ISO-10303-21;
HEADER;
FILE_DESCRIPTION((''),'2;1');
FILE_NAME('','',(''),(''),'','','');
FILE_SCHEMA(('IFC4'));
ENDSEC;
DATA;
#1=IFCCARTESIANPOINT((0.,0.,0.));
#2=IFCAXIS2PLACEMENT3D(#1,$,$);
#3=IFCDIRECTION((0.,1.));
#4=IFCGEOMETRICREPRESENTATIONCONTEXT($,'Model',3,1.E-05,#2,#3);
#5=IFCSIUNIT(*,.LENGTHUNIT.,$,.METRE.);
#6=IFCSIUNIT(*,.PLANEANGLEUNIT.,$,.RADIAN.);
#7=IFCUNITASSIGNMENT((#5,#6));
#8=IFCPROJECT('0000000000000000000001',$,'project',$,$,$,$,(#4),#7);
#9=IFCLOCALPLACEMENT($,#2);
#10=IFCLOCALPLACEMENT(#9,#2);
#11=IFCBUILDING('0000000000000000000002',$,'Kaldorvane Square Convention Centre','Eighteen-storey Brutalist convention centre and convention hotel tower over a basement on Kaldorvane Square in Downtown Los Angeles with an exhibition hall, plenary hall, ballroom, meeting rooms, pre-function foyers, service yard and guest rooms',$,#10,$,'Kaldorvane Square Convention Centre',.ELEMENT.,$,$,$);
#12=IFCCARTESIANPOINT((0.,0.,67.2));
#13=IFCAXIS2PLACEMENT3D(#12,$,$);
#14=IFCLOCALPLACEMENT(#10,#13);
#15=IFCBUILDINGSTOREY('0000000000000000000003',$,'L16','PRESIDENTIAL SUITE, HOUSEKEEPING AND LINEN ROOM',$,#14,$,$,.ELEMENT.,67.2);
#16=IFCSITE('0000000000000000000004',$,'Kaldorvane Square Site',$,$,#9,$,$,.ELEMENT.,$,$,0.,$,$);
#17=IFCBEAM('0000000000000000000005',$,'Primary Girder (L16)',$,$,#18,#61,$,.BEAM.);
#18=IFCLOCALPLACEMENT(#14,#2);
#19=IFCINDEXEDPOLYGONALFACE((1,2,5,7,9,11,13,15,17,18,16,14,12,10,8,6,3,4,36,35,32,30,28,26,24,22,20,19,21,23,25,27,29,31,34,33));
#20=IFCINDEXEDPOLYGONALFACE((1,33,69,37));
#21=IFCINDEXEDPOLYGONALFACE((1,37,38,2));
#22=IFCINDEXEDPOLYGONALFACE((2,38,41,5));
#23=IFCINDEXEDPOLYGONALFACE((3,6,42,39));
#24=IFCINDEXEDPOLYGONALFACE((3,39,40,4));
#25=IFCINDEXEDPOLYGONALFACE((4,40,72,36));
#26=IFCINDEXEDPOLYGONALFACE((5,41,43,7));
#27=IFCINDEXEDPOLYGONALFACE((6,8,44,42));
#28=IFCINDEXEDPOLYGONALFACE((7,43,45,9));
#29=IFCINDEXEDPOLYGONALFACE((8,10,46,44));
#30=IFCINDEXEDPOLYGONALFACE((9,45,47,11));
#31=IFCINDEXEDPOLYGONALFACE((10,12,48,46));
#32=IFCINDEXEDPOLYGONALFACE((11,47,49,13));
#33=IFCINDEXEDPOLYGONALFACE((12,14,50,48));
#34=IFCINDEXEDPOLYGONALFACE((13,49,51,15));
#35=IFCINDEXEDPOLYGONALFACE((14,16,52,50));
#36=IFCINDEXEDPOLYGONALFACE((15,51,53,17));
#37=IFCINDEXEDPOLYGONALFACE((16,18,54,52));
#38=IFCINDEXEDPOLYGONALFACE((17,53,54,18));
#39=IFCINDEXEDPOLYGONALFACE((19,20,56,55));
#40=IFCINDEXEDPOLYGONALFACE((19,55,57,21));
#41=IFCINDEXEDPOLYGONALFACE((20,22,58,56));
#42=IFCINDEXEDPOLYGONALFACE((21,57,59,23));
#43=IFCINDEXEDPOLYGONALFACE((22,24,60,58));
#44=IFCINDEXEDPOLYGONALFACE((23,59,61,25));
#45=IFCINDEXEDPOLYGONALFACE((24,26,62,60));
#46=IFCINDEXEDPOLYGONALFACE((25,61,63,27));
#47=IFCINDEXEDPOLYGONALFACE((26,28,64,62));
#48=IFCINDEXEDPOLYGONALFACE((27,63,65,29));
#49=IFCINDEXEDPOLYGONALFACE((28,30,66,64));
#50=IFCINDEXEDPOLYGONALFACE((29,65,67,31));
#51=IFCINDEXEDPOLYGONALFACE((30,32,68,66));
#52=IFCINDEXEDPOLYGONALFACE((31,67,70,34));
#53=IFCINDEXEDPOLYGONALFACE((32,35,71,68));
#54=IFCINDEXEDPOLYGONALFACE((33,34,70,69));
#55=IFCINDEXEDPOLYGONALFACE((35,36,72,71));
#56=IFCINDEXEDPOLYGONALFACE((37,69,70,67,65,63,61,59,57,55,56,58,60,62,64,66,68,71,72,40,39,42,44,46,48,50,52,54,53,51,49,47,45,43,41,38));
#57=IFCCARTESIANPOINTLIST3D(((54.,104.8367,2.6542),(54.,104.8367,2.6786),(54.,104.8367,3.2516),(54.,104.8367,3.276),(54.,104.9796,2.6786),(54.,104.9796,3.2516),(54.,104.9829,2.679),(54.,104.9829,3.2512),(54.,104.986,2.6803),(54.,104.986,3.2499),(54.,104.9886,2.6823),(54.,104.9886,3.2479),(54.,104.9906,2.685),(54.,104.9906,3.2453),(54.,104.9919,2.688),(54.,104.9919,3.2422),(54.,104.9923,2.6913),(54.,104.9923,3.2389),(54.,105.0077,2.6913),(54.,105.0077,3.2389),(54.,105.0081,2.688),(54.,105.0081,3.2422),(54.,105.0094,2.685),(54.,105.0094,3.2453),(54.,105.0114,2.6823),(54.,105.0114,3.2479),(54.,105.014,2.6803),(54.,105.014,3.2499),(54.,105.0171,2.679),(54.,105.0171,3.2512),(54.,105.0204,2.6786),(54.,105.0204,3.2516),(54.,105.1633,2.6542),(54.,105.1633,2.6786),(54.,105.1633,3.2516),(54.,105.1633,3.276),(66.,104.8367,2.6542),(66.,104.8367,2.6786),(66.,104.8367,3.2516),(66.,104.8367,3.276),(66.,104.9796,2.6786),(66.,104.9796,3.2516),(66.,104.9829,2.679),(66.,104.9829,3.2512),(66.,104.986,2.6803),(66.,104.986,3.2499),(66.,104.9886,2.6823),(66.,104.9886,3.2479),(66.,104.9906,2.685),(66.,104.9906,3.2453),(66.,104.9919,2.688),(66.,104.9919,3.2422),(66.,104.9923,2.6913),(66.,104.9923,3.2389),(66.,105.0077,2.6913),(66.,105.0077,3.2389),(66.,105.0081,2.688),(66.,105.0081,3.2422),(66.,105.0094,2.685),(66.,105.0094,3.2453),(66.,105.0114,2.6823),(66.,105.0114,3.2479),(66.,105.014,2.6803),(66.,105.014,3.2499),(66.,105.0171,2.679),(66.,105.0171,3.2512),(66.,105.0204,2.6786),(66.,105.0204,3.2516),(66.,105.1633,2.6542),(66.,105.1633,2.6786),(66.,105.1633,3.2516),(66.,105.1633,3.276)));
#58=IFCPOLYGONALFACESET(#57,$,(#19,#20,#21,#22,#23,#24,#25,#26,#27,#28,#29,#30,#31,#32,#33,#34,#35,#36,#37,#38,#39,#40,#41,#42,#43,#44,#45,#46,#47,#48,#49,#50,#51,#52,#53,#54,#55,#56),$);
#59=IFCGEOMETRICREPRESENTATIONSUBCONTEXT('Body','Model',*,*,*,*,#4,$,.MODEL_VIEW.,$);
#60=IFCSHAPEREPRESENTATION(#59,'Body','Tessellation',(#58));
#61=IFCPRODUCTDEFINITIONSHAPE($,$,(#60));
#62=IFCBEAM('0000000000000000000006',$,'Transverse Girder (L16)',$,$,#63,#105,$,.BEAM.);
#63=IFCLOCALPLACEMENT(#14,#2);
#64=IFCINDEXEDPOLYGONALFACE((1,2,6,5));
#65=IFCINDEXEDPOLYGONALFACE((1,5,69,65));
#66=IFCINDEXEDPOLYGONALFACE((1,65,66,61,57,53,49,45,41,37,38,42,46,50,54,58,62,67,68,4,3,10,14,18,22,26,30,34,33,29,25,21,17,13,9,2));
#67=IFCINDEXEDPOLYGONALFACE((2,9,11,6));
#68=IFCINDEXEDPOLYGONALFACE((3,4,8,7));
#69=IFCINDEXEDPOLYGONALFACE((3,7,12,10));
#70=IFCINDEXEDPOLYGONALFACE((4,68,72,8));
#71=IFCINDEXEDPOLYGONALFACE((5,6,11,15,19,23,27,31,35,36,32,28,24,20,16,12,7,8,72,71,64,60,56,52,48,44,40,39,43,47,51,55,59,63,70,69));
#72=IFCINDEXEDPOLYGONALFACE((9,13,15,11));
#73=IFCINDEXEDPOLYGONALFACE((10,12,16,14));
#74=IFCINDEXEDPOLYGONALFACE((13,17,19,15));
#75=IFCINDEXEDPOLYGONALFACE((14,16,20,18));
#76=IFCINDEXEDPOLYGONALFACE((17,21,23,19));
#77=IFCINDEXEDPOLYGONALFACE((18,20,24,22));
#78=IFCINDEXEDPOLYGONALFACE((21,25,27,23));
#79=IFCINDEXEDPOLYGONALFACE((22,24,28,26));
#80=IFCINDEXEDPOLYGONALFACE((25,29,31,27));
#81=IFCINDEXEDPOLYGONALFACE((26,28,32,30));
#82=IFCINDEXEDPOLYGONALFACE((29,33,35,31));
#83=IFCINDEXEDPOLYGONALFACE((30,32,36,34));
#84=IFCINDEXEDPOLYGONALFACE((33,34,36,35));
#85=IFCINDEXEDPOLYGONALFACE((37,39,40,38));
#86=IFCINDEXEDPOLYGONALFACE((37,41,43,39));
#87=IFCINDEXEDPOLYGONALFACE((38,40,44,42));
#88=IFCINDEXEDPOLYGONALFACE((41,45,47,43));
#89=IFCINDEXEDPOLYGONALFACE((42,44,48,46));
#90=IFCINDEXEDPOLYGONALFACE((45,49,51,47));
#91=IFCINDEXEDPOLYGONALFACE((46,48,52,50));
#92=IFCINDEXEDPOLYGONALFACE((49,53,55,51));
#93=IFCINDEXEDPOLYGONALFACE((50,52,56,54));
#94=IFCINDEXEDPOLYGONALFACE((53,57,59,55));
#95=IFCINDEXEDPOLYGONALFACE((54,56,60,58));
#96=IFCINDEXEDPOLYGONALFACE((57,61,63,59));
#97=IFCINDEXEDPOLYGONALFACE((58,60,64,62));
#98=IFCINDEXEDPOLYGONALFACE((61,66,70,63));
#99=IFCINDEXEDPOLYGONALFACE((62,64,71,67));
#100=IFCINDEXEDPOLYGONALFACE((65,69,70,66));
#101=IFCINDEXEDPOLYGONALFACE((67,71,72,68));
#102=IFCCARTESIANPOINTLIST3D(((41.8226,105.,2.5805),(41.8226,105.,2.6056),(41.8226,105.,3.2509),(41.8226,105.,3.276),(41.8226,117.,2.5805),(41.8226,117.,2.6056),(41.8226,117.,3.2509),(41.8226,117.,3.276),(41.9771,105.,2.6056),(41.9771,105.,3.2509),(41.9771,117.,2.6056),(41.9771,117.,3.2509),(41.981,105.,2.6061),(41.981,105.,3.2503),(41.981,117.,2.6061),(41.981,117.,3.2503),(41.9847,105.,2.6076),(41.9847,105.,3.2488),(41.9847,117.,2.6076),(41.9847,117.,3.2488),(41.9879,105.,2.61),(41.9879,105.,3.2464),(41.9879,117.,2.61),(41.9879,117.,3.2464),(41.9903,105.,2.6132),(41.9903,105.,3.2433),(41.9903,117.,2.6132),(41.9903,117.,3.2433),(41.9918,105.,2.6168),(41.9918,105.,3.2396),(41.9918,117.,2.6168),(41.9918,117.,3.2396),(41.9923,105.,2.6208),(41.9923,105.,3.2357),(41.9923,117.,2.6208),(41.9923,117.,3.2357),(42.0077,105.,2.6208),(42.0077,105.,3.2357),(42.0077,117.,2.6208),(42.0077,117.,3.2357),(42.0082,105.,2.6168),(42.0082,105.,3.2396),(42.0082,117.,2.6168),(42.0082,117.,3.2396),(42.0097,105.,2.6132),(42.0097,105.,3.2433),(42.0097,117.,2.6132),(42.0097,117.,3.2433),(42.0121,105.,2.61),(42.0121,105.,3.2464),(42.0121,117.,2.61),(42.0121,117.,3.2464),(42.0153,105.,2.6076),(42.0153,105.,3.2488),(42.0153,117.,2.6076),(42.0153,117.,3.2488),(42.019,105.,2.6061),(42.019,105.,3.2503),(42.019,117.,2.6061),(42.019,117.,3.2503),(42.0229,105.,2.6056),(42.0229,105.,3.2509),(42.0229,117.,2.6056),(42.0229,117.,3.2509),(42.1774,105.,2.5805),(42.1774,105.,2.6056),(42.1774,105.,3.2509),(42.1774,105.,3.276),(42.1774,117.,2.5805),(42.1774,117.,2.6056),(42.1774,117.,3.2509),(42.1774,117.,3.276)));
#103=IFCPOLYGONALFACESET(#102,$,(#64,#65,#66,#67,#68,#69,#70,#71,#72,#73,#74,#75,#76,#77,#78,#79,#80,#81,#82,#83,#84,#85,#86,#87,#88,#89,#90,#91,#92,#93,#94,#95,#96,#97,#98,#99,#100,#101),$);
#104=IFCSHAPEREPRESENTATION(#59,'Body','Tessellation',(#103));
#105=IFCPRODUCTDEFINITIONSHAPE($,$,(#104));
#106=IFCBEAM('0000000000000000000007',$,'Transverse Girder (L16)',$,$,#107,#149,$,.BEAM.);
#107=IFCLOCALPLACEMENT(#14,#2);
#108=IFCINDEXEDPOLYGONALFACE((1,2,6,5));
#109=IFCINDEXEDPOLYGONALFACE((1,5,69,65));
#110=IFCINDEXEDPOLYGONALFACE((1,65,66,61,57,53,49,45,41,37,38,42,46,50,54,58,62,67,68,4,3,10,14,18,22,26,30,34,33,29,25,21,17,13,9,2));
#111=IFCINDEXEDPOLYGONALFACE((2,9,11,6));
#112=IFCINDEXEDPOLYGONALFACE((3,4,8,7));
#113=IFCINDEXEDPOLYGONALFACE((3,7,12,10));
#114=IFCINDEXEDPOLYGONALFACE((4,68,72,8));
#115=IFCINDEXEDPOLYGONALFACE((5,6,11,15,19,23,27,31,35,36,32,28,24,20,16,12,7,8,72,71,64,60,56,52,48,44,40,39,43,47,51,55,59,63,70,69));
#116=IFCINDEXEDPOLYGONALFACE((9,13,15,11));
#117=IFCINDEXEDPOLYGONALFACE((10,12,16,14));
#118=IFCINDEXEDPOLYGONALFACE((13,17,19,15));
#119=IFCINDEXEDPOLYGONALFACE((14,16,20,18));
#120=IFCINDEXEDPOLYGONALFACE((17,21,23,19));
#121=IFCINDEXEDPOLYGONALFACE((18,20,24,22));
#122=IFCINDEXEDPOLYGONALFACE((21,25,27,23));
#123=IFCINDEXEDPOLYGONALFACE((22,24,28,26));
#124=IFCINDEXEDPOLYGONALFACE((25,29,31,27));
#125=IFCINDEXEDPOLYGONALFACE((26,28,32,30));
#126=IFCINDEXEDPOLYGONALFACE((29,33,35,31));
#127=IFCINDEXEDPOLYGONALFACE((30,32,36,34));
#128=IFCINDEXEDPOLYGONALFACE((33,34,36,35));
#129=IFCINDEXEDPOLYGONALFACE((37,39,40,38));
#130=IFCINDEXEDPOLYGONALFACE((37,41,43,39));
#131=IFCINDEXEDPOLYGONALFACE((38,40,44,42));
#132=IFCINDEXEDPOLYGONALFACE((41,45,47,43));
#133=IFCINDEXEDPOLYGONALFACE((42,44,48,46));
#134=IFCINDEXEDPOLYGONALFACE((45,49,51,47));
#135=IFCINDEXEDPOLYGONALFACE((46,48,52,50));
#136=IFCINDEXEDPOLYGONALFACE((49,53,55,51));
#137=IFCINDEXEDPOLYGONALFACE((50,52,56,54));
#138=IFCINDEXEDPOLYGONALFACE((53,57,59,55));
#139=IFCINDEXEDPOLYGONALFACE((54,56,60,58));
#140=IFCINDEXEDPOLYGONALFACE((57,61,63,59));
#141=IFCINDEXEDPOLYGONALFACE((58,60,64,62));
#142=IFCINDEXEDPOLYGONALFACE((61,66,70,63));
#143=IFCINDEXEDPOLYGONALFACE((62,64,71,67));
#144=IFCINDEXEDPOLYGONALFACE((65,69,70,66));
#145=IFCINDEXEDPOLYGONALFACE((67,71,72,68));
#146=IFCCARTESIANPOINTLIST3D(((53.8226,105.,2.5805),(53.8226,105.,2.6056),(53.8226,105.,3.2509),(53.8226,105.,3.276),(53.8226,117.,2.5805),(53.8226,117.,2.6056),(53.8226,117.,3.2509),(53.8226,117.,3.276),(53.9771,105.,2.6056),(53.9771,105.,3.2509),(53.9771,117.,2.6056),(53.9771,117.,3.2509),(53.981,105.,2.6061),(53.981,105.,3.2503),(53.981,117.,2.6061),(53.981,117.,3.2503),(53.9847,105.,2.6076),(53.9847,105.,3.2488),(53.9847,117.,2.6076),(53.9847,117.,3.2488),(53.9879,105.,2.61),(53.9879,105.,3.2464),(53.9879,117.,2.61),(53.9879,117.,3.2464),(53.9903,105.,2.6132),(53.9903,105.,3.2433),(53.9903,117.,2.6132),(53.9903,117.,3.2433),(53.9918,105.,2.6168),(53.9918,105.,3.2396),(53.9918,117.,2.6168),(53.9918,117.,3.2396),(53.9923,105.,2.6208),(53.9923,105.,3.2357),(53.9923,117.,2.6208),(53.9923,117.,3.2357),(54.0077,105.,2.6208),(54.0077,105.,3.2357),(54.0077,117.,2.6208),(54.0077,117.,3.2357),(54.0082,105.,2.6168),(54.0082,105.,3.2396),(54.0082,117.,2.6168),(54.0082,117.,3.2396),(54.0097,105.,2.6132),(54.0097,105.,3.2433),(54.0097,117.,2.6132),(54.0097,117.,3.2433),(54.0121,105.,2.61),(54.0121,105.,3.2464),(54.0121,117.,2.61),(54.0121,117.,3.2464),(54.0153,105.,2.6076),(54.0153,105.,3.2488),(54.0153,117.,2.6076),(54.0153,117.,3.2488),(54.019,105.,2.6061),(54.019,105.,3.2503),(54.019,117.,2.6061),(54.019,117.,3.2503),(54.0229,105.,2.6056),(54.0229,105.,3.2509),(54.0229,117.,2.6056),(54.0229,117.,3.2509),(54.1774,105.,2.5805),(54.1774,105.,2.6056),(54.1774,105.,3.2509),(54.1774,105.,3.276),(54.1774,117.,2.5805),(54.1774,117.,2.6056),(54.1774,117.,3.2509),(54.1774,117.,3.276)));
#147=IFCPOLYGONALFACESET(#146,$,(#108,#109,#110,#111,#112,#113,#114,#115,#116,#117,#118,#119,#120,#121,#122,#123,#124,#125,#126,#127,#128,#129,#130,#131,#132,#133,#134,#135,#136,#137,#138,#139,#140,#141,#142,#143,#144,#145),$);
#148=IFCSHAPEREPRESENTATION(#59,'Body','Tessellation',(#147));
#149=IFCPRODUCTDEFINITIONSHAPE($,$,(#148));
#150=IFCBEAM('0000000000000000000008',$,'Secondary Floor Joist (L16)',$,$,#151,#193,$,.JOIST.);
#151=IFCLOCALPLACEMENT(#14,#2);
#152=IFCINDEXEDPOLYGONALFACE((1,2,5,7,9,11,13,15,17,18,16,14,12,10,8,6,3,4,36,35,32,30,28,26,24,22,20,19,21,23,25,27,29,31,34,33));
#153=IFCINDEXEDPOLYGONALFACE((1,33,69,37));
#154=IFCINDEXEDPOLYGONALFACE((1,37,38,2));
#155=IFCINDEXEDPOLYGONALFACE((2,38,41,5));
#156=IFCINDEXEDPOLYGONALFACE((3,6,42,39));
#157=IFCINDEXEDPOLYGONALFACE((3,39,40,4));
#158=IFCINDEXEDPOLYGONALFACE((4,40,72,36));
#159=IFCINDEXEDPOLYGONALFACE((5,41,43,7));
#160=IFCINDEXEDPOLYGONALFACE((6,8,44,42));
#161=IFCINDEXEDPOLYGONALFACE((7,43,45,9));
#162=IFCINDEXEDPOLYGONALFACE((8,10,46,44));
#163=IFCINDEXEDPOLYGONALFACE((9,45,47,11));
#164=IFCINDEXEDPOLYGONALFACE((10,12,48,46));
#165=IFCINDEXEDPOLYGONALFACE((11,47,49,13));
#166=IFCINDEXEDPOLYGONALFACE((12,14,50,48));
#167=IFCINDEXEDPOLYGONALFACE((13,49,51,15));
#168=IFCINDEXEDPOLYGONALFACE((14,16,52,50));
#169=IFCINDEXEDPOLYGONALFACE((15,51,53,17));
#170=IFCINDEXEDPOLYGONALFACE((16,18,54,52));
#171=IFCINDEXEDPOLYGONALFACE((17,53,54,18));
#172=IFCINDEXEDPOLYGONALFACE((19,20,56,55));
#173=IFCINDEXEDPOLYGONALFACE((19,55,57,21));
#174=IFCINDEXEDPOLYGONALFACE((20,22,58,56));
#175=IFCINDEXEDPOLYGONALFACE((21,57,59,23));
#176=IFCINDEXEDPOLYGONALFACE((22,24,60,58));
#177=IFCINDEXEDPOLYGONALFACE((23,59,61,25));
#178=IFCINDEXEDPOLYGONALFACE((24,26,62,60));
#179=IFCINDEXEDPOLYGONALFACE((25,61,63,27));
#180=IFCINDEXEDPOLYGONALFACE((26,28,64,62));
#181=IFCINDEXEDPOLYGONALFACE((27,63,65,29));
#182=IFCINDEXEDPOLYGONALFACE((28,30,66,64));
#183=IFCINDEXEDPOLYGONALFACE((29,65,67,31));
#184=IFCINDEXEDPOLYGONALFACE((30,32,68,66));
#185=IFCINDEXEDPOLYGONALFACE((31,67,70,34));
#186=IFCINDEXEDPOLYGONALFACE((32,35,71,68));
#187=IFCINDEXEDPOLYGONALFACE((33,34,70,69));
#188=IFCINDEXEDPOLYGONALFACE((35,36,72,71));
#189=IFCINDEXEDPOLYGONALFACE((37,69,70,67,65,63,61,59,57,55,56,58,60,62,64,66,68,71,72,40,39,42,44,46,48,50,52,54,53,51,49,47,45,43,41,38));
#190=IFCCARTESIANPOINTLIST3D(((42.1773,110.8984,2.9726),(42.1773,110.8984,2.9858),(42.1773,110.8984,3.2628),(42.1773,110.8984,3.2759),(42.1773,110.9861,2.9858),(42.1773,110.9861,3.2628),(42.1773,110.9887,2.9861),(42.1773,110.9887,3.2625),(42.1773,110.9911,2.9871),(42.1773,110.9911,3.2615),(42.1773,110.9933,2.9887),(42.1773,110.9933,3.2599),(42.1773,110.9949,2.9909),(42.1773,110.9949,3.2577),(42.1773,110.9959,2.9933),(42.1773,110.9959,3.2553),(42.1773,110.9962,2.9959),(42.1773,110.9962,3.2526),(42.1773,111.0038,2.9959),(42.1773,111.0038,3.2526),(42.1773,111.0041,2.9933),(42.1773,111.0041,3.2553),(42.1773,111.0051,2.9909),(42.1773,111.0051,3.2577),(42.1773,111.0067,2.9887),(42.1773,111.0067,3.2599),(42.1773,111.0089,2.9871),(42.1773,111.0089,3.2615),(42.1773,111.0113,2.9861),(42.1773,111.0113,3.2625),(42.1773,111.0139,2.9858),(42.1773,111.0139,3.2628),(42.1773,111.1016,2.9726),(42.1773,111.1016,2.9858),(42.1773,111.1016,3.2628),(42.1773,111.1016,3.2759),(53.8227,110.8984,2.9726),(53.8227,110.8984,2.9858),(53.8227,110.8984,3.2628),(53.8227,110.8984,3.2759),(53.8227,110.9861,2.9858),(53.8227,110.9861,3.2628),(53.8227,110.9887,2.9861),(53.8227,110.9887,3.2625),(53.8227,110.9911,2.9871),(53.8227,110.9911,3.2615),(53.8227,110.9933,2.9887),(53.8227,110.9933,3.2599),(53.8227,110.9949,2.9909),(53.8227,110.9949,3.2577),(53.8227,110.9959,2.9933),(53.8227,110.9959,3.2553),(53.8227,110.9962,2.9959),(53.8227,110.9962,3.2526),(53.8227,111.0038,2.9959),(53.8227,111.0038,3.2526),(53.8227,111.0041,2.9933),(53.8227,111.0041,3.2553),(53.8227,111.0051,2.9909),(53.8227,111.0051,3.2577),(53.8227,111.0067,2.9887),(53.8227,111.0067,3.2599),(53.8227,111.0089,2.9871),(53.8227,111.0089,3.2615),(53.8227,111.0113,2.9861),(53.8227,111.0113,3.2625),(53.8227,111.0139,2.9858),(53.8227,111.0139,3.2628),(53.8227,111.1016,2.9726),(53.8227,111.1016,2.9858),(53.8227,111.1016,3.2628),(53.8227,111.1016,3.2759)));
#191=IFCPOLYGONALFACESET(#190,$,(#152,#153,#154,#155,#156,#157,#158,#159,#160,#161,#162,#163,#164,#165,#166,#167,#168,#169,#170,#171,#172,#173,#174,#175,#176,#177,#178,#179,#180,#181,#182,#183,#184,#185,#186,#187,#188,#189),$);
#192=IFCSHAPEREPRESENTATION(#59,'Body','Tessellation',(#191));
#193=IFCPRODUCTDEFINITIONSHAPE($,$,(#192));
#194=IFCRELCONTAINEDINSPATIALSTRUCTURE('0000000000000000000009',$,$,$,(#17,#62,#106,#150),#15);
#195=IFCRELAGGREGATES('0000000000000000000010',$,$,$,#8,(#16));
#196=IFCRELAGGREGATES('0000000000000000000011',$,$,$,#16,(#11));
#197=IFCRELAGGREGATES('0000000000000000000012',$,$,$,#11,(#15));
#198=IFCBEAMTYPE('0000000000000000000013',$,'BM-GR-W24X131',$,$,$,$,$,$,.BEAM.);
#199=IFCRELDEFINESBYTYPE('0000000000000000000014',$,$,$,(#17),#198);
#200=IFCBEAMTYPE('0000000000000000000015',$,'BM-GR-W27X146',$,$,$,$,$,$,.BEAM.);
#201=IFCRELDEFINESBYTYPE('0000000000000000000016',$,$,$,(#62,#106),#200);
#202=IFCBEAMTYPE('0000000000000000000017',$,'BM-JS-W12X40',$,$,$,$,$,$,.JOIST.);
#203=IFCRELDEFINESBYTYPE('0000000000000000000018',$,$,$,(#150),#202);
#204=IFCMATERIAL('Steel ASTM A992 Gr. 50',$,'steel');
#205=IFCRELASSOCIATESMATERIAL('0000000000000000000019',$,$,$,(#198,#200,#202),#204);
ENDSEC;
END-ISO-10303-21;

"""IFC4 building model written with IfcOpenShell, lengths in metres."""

from ifc_helpers import new_model, si_unit, direction, frame, origin, origin_2d, place, context, subcontext, project, spatial, i_section, extrude, material, material_profile, profile_set, type_object, element, save


model = new_model("IFC4")

# Units and contexts
model_context = context("Model", 3, precision=1e-05, world=origin(), true_north=direction((0.0, 1.0)))
body_context = subcontext(model_context, "Body", "Model", "MODEL_VIEW")
ifc_project = project(units=[si_unit("LENGTHUNIT", "METRE"), si_unit("PLANEANGLEUNIT", "RADIAN")], contexts=[model_context])

# Site, building, storey
site_placement = place(None, origin())
site = spatial("IfcSite", under=ifc_project, at=site_placement, Name="Kaldorvane Square Site", CompositionType="ELEMENT", RefElevation=0.0)
building_placement = place(site_placement, origin())
building = spatial("IfcBuilding", under=site, at=building_placement, Name="Kaldorvane Square Convention Centre", Description="Eighteen-storey Brutalist convention centre and convention hotel tower over a basement on Kaldorvane Square in Downtown Los Angeles with an exhibition hall, plenary hall, ballroom, meeting rooms, pre-function foyers, service yard and guest rooms", LongName="Kaldorvane Square Convention Centre", CompositionType="ELEMENT")
storey_placement = place(building_placement, frame((0.0, 0.0, 67.2)))
storey = spatial("IfcBuildingStorey", under=building, at=storey_placement, Name="L16", Description="PRESIDENTIAL SUITE, HOUSEKEEPING AND LINEN ROOM", CompositionType="ELEMENT", Elevation=67.2)

# Shared definitions
ifc_material_1 = material(Name="Steel ASTM A992 Gr. 50", Category="steel")

# Beams
ifc_material_profile_1 = material_profile(ifc_material_1, i_section(OverallWidth=0.3265, OverallDepth=0.6218, WebThickness=0.0154, FlangeThickness=0.0244, FilletRadius=0.0127, at=origin_2d()), Name="W24X131")
ifc_profile_set_1 = profile_set([ifc_material_profile_1], Name="Steel ASTM A992 Gr. 50")
beam_type_1 = type_object("IfcBeamType", Name="BM-GR-W24X131", PredefinedType="BEAM", material=ifc_profile_set_1)
for number, where, z_axis, x_axis, name in (
    (1, (54.0, 105.0, 2.9651), (1.0, 0.0, 0.0), (0.0, 1.0, 0.0), "Primary Girder (L16)"),
):
    element("IfcBeam", number, at=place(storey_placement, frame(where, z_axis=z_axis, x_axis=x_axis)), inside=storey, type_object=beam_type_1, Name=name, PredefinedType="BEAM", context=body_context, shape_type="SweptSolid", body=[
        extrude(i_section(OverallWidth=0.3265, OverallDepth=0.6218, WebThickness=0.0154, FlangeThickness=0.0244, FilletRadius=0.0127, at=origin_2d()), origin(), (0.0, 0.0, 1.0), 12.0),
    ])
ifc_material_profile_2 = material_profile(ifc_material_1, i_section(OverallWidth=0.3547, OverallDepth=0.6955, WebThickness=0.0154, FlangeThickness=0.0251, FilletRadius=0.0152, at=origin_2d()), Name="W27X146")
ifc_profile_set_2 = profile_set([ifc_material_profile_2], Name="Steel ASTM A992 Gr. 50")
beam_type_2 = type_object("IfcBeamType", Name="BM-GR-W27X146", PredefinedType="BEAM", material=ifc_profile_set_2)
for number, where, z_axis, x_axis, name in (
    (2, (42.0, 105.0, 2.9282), (0.0, 1.0, 0.0), (-1.0, 0.0, 0.0), "Transverse Girder (L16)"),
    (3, (54.0, 105.0, 2.9282), (0.0, 1.0, 0.0), (-1.0, 0.0, 0.0), "Transverse Girder (L16)"),
):
    element("IfcBeam", number, at=place(storey_placement, frame(where, z_axis=z_axis, x_axis=x_axis)), inside=storey, type_object=beam_type_2, Name=name, PredefinedType="BEAM", context=body_context, shape_type="SweptSolid", body=[
        extrude(i_section(OverallWidth=0.3547, OverallDepth=0.6955, WebThickness=0.0154, FlangeThickness=0.0251, FilletRadius=0.0152, at=origin_2d()), origin(), (0.0, 0.0, 1.0), 12.0),
    ])
ifc_material_profile_3 = material_profile(ifc_material_1, i_section(OverallWidth=0.2033, OverallDepth=0.3033, WebThickness=0.0075, FlangeThickness=0.0131, FilletRadius=0.0102, at=origin_2d()), Name="W12X40")
ifc_profile_set_3 = profile_set([ifc_material_profile_3], Name="Steel ASTM A992 Gr. 50")
beam_type_3 = type_object("IfcBeamType", Name="BM-JS-W12X40", PredefinedType="JOIST", material=ifc_profile_set_3)
beam_1_placement = place(storey_placement, frame((42.1773, 111.0, 3.1243), z_axis=(1.0, 0.0, 0.0), x_axis=(0.0, 1.0, 0.0)))
element("IfcBeam", 4, at=beam_1_placement, inside=storey, type_object=beam_type_3, Name="Secondary Floor Joist (L16)", PredefinedType="JOIST", context=body_context, shape_type="SweptSolid", body=[
    extrude(i_section(OverallWidth=0.2033, OverallDepth=0.3033, WebThickness=0.0075, FlangeThickness=0.0131, FilletRadius=0.0102, at=origin_2d()), origin(), (0.0, 0.0, 1.0), 11.6454),
])

save(model, "model.ifc")
